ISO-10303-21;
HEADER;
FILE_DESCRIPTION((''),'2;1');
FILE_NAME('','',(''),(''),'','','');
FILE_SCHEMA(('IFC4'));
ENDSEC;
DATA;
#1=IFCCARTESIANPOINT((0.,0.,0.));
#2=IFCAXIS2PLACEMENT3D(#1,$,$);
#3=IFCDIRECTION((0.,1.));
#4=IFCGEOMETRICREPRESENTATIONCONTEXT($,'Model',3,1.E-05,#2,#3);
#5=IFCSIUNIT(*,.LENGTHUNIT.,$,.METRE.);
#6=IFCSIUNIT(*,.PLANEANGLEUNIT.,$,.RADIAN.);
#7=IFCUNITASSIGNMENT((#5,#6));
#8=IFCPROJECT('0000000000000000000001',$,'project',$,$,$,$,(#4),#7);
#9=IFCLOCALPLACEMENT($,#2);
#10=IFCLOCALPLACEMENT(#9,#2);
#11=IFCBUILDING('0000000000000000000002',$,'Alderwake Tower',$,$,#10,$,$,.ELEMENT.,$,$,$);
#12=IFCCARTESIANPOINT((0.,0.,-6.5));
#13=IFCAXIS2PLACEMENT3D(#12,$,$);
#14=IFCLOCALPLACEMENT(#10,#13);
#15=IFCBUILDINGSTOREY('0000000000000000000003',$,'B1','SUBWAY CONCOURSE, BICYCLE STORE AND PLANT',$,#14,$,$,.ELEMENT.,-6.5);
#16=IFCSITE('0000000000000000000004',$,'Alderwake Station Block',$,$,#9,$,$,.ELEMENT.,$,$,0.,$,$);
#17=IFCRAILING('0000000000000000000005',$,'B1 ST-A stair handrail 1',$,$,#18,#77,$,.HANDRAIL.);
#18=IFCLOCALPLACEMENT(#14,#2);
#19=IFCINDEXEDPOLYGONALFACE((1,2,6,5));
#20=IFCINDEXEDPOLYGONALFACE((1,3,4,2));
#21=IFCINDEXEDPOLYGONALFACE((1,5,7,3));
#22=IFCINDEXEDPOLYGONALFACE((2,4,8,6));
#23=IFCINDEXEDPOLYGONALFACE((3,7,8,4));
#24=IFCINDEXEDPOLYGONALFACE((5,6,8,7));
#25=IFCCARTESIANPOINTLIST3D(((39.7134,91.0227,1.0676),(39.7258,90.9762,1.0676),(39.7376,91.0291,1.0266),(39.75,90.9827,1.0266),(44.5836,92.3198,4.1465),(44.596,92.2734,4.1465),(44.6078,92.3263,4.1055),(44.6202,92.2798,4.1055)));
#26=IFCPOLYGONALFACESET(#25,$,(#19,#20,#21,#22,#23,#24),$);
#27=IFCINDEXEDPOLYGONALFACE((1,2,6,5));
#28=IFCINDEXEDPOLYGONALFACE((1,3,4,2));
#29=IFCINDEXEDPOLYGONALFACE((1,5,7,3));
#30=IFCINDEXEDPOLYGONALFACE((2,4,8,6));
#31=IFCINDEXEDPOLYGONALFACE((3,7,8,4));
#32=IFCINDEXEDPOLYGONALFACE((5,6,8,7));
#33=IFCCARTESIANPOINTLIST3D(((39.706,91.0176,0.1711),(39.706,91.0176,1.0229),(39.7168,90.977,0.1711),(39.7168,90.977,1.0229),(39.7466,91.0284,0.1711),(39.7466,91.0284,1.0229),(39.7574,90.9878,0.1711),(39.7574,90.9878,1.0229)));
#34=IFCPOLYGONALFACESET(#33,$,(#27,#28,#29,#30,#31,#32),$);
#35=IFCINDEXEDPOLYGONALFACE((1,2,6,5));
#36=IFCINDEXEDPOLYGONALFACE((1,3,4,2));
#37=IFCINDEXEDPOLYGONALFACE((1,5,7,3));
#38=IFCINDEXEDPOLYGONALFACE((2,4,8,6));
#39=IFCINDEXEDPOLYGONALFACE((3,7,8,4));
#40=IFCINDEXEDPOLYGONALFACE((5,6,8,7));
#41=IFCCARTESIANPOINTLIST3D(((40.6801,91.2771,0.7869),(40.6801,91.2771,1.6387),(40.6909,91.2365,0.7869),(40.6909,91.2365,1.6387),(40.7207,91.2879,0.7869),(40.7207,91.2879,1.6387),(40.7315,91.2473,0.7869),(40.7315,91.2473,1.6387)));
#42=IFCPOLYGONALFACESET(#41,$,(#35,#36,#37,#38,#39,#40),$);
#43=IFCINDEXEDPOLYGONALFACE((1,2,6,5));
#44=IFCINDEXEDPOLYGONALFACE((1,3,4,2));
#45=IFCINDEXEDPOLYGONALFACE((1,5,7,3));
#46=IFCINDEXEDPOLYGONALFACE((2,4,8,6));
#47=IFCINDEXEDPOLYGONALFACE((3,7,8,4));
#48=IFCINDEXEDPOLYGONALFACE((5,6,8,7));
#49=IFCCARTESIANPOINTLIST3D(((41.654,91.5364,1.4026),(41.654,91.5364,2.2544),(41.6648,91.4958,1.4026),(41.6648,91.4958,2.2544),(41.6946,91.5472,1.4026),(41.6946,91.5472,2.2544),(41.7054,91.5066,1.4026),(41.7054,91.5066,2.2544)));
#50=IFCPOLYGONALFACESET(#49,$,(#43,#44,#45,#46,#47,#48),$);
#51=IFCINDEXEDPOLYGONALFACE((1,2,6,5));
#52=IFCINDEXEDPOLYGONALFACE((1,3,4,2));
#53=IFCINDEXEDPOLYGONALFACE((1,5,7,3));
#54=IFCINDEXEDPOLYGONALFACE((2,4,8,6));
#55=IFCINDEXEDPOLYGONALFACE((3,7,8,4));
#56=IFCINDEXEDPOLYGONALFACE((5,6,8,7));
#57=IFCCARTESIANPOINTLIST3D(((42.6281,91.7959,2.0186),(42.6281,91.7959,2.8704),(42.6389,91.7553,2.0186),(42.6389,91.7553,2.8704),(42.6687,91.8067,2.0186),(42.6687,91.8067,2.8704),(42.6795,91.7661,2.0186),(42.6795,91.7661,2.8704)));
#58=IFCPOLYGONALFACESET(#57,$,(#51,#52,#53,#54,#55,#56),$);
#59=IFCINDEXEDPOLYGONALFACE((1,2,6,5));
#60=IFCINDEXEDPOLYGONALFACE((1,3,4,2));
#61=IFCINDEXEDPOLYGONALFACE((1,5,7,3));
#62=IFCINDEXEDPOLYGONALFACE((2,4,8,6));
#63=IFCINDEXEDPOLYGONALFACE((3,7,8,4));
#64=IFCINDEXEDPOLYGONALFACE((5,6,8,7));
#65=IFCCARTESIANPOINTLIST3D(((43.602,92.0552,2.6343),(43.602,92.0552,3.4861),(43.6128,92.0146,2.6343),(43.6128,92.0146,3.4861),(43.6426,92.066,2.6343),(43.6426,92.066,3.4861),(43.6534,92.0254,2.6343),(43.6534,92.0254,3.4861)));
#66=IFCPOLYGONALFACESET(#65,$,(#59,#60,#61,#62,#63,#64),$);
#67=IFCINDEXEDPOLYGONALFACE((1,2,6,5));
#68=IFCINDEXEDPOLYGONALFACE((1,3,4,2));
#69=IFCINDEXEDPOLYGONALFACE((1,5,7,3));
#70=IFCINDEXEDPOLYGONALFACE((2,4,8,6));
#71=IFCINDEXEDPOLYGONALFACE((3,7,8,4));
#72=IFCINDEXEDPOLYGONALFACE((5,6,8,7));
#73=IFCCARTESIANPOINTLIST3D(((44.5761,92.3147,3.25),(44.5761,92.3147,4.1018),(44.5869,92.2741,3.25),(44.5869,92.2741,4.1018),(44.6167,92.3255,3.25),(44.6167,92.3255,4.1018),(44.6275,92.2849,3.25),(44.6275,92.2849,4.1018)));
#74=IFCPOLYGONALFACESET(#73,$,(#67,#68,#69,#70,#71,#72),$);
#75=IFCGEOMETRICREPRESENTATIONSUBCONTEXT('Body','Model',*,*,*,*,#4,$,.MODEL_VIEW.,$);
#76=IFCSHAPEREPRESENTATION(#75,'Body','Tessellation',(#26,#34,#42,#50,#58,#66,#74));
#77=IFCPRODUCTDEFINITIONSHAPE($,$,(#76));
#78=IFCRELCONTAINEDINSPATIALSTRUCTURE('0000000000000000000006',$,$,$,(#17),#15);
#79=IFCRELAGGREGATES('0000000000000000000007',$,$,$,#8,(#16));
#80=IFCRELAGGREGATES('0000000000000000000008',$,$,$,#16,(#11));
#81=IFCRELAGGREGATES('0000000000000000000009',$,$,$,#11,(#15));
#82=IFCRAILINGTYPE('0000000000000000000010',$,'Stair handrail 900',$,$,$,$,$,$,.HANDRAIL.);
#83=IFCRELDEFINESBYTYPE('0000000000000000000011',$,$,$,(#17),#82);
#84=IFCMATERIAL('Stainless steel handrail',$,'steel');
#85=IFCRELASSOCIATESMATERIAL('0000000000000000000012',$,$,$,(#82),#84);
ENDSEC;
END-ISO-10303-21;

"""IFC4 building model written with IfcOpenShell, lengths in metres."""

from ifc_helpers import new_model, si_unit, direction, frame, origin, origin_2d, place, context, subcontext, project, spatial, rectangle, extrude, material, type_object, element, save


model = new_model("IFC4")

# Units and contexts
model_context = context("Model", 3, precision=1e-05, world=origin(), true_north=direction((0.0, 1.0)))
body_context = subcontext(model_context, "Body", "Model", "MODEL_VIEW")
ifc_project = project(units=[si_unit("LENGTHUNIT", "METRE"), si_unit("PLANEANGLEUNIT", "RADIAN")], contexts=[model_context])

# Site, building, storey
site_placement = place(None, origin())
site = spatial("IfcSite", under=ifc_project, at=site_placement, Name="Alderwake Station Block", CompositionType="ELEMENT", RefElevation=0.0)
building_placement = place(site_placement, origin())
building = spatial("IfcBuilding", under=site, at=building_placement, Name="Alderwake Tower", CompositionType="ELEMENT")
storey_placement = place(building_placement, frame((0.0, 0.0, -6.5)))
storey = spatial("IfcBuildingStorey", under=building, at=storey_placement, Name="B1", Description="SUBWAY CONCOURSE, BICYCLE STORE AND PLANT", CompositionType="ELEMENT", Elevation=-6.5)

# Railing
ifc_material_1 = material(Name="Stainless steel handrail", Category="steel")
railing_type_1 = type_object("IfcRailingType", Name="Stair handrail 900", PredefinedType="HANDRAIL", material=ifc_material_1)
railing_1_placement = place(storey_placement, frame((39.7317, 91.0027, 0.1711)))
element("IfcRailing", 1, at=railing_1_placement, inside=storey, type_object=railing_type_1, Name="B1 ST-A stair handrail 1", PredefinedType="HANDRAIL", context=body_context, shape_type="SweptSolid", body=[
    extrude(rectangle(XDim=0.0481, YDim=0.0481, at=origin_2d()), frame((0.0, 0.0, 0.876), z_axis=(0.824616, 0.21963, 0.521317), x_axis=(-0.25737, 0.966313, 0.0)), (0.0, 0.0, 1.0), 5.906),
    extrude(rectangle(XDim=0.042, YDim=0.042, at=origin_2d()), frame((0.0, 0.0, 0.0), z_axis=(0.0, 0.0, 1.0), x_axis=(0.966313, 0.25737, 0.0)), (0.0, 0.0, 1.0), 0.8518),
    extrude(rectangle(XDim=0.042, YDim=0.042, at=origin_2d()), frame((0.9741, 0.2595, 0.6157), z_axis=(0.0, 0.0, 1.0), x_axis=(0.966313, 0.25737, 0.0)), (0.0, 0.0, 1.0), 0.8518),
    extrude(rectangle(XDim=0.042, YDim=0.042, at=origin_2d()), frame((1.948, 0.5188, 1.2314), z_axis=(0.0, 0.0, 1.0), x_axis=(0.966313, 0.25737, 0.0)), (0.0, 0.0, 1.0), 0.8518),
    extrude(rectangle(XDim=0.042, YDim=0.042, at=origin_2d()), frame((2.9221, 0.7783, 1.8474), z_axis=(0.0, 0.0, 1.0), x_axis=(0.966313, 0.25737, 0.0)), (0.0, 0.0, 1.0), 0.8518),
    extrude(rectangle(XDim=0.042, YDim=0.042, at=origin_2d()), frame((3.896, 1.0376, 2.4631), z_axis=(0.0, 0.0, 1.0), x_axis=(0.966313, 0.25737, 0.0)), (0.0, 0.0, 1.0), 0.8518),
    extrude(rectangle(XDim=0.042, YDim=0.042, at=origin_2d()), frame((4.8701, 1.2971, 3.0789), z_axis=(0.0, 0.0, 1.0), x_axis=(0.966313, 0.25737, 0.0)), (0.0, 0.0, 1.0), 0.8518),
])

save(model, "model.ifc")
